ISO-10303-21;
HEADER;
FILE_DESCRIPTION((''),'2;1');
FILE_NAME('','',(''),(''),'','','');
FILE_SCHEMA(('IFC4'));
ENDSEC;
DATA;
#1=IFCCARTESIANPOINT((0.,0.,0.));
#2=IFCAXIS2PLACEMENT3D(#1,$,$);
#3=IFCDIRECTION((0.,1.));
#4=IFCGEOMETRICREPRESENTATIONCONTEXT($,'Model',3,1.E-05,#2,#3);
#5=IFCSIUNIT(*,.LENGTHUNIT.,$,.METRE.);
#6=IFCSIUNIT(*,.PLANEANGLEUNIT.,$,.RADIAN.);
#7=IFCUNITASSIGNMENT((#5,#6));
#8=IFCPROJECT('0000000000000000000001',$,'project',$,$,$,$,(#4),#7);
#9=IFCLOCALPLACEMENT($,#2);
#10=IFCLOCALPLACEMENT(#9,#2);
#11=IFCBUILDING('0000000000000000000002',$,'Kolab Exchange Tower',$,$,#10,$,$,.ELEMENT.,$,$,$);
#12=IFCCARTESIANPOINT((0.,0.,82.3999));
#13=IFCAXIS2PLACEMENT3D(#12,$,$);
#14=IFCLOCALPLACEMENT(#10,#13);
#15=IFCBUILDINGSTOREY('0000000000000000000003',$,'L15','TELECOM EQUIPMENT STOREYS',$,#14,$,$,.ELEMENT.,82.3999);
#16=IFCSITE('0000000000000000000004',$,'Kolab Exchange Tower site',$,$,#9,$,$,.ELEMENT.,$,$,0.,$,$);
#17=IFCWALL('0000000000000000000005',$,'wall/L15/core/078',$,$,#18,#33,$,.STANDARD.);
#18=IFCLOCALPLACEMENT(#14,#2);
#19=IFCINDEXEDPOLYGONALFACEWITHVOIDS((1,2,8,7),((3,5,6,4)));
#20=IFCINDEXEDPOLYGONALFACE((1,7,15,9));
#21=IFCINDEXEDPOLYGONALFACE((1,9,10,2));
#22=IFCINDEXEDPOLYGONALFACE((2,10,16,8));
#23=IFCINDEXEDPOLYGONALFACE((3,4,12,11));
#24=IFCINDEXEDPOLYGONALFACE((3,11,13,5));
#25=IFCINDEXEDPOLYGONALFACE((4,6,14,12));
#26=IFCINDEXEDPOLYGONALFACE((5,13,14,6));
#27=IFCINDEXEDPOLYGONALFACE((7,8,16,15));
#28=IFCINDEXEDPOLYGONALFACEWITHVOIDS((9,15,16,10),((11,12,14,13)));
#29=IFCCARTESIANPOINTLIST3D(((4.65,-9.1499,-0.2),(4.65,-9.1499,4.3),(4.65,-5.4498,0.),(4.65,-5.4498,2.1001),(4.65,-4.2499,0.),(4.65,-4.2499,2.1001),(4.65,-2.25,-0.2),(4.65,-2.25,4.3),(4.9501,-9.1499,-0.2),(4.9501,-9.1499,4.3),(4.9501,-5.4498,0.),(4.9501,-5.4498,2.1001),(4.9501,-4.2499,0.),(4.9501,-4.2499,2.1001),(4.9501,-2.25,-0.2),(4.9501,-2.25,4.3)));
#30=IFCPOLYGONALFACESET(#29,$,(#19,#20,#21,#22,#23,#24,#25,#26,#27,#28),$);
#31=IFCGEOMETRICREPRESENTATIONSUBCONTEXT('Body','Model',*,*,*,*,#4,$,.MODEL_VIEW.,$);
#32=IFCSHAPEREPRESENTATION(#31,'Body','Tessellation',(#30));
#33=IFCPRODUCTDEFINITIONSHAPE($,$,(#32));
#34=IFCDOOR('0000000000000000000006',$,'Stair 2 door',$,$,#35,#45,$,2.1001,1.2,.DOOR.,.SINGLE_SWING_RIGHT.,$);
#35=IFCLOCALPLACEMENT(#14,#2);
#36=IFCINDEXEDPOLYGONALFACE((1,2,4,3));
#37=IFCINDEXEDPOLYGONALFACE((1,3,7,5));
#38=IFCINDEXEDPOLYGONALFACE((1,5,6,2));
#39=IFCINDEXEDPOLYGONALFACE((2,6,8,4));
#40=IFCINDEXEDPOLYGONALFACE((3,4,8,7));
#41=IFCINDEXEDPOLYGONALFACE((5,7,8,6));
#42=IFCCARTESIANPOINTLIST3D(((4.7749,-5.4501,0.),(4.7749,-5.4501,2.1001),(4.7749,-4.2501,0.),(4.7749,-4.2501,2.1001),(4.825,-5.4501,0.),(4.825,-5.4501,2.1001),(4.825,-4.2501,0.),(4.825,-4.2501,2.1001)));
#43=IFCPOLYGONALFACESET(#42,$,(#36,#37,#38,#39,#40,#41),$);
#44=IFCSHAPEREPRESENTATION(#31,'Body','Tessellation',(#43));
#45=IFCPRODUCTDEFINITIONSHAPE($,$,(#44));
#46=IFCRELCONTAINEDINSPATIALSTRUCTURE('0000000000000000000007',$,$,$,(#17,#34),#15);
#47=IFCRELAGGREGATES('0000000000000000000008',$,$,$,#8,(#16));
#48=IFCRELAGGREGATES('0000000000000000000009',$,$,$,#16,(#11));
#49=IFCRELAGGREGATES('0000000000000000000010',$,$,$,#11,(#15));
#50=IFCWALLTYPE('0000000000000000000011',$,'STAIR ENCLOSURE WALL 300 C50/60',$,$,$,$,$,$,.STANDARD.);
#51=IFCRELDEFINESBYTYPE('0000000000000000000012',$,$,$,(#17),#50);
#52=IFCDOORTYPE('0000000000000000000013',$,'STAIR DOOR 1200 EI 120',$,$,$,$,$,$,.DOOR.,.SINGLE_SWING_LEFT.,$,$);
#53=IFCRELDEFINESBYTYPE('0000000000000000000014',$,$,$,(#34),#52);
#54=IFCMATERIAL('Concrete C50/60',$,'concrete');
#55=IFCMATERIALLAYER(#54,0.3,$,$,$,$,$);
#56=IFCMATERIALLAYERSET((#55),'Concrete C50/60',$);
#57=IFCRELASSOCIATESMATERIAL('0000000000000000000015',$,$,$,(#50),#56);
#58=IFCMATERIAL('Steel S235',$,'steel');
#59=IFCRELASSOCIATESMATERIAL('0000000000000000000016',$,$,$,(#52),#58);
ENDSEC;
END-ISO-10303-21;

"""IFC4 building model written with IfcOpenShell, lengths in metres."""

from ifc_helpers import new_model, si_unit, direction, frame, frame_2d, origin, place, context, subcontext, project, spatial, rectangle, extrude, material, layer, layer_set, type_object, element, fill, save


model = new_model("IFC4")

# Units and contexts
model_context = context("Model", 3, precision=1e-05, world=origin(), true_north=direction((0.0, 1.0)))
body_context = subcontext(model_context, "Body", "Model", "MODEL_VIEW")
ifc_project = project(units=[si_unit("LENGTHUNIT", "METRE"), si_unit("PLANEANGLEUNIT", "RADIAN")], contexts=[model_context])

# Site, building, storey
site_placement = place(None, origin())
site = spatial("IfcSite", under=ifc_project, at=site_placement, Name="Kolab Exchange Tower site", CompositionType="ELEMENT", RefElevation=0.0)
building_placement = place(site_placement, origin())
building = spatial("IfcBuilding", under=site, at=building_placement, Name="Kolab Exchange Tower", CompositionType="ELEMENT")
storey_placement = place(building_placement, frame((0.0, 0.0, 82.3999)))
storey = spatial("IfcBuildingStorey", under=building, at=storey_placement, Name="L15", Description="TELECOM EQUIPMENT STOREYS", CompositionType="ELEMENT", Elevation=82.3999)

# Shared definitions
ifc_material_1 = material(Name="Steel S235", Category="steel")

# Shared definitions
ifc_material_2 = material(Name="Concrete C50/60", Category="concrete")

# Shared definitions
ifc_layer_1 = layer(ifc_material_2, 0.3)
ifc_layer_set_1 = layer_set([ifc_layer_1], Name="Concrete C50/60")
wall_type_1 = type_object("IfcWallType", Name="STAIR ENCLOSURE WALL 300 C50/60", PredefinedType="STANDARD", material=ifc_layer_set_1)

# Wall, opening, door
wall_1_placement = place(storey_placement, frame((4.8, -9.1499, -0.2), z_axis=(0.0, 0.0, 1.0), x_axis=(0.0, 1.0, 0.0)))
wall_1 = element("IfcWall", 1, at=wall_1_placement, inside=storey, type_object=wall_type_1, Name="wall/L15/core/078", PredefinedType="STANDARD", context=body_context, shape_type="SweptSolid", body=[
    extrude(rectangle(XDim=6.8999, YDim=0.3, at=frame_2d((3.45, 0.0))), origin(), (0.0, 0.0, 1.0), 4.5),
])
opening_1_placement = place(wall_1_placement, frame((3.7, 0.0, 0.2)))
opening_1 = element("IfcOpeningElement", 2, at=opening_1_placement, cuts=wall_1, PredefinedType="OPENING", context=body_context, shape_type="SweptSolid", body=[
    extrude(rectangle(XDim=1.2, YDim=2.1001, at=frame_2d((0.6001, 1.05))), frame((0.0, 0.1602, 0.0), z_axis=(0.0, -1.0, 0.0), x_axis=(1.0, 0.0, 0.0)), (0.0, 0.0, 1.0), 0.3201),
])
door_type_1 = type_object("IfcDoorType", Name="STAIR DOOR 1200 EI 120", OperationType="SINGLE_SWING_LEFT", PredefinedType="DOOR", material=ifc_material_1)
door_1_placement = place(opening_1_placement, frame((1.2, 0.0, 0.0), z_axis=(0.0, 0.0, 1.0), x_axis=(-1.0, 0.0, 0.0)))
door_1 = element("IfcDoor", 3, at=door_1_placement, inside=storey, type_object=door_type_1, Name="Stair 2 door", OperationType="SINGLE_SWING_RIGHT", OverallHeight=2.1001, OverallWidth=1.2, PredefinedType="DOOR", context=body_context, shape_type="SweptSolid", body=[
    extrude(rectangle(XDim=1.2, YDim=2.1001, at=frame_2d((0.6001, 1.05))), frame((0.0, 0.0249, 0.0), z_axis=(0.0, -1.0, 0.0), x_axis=(1.0, 0.0, 0.0)), (0.0, 0.0, 1.0), 0.05),
])
fill(opening_1, door_1)

save(model, "model.ifc")
